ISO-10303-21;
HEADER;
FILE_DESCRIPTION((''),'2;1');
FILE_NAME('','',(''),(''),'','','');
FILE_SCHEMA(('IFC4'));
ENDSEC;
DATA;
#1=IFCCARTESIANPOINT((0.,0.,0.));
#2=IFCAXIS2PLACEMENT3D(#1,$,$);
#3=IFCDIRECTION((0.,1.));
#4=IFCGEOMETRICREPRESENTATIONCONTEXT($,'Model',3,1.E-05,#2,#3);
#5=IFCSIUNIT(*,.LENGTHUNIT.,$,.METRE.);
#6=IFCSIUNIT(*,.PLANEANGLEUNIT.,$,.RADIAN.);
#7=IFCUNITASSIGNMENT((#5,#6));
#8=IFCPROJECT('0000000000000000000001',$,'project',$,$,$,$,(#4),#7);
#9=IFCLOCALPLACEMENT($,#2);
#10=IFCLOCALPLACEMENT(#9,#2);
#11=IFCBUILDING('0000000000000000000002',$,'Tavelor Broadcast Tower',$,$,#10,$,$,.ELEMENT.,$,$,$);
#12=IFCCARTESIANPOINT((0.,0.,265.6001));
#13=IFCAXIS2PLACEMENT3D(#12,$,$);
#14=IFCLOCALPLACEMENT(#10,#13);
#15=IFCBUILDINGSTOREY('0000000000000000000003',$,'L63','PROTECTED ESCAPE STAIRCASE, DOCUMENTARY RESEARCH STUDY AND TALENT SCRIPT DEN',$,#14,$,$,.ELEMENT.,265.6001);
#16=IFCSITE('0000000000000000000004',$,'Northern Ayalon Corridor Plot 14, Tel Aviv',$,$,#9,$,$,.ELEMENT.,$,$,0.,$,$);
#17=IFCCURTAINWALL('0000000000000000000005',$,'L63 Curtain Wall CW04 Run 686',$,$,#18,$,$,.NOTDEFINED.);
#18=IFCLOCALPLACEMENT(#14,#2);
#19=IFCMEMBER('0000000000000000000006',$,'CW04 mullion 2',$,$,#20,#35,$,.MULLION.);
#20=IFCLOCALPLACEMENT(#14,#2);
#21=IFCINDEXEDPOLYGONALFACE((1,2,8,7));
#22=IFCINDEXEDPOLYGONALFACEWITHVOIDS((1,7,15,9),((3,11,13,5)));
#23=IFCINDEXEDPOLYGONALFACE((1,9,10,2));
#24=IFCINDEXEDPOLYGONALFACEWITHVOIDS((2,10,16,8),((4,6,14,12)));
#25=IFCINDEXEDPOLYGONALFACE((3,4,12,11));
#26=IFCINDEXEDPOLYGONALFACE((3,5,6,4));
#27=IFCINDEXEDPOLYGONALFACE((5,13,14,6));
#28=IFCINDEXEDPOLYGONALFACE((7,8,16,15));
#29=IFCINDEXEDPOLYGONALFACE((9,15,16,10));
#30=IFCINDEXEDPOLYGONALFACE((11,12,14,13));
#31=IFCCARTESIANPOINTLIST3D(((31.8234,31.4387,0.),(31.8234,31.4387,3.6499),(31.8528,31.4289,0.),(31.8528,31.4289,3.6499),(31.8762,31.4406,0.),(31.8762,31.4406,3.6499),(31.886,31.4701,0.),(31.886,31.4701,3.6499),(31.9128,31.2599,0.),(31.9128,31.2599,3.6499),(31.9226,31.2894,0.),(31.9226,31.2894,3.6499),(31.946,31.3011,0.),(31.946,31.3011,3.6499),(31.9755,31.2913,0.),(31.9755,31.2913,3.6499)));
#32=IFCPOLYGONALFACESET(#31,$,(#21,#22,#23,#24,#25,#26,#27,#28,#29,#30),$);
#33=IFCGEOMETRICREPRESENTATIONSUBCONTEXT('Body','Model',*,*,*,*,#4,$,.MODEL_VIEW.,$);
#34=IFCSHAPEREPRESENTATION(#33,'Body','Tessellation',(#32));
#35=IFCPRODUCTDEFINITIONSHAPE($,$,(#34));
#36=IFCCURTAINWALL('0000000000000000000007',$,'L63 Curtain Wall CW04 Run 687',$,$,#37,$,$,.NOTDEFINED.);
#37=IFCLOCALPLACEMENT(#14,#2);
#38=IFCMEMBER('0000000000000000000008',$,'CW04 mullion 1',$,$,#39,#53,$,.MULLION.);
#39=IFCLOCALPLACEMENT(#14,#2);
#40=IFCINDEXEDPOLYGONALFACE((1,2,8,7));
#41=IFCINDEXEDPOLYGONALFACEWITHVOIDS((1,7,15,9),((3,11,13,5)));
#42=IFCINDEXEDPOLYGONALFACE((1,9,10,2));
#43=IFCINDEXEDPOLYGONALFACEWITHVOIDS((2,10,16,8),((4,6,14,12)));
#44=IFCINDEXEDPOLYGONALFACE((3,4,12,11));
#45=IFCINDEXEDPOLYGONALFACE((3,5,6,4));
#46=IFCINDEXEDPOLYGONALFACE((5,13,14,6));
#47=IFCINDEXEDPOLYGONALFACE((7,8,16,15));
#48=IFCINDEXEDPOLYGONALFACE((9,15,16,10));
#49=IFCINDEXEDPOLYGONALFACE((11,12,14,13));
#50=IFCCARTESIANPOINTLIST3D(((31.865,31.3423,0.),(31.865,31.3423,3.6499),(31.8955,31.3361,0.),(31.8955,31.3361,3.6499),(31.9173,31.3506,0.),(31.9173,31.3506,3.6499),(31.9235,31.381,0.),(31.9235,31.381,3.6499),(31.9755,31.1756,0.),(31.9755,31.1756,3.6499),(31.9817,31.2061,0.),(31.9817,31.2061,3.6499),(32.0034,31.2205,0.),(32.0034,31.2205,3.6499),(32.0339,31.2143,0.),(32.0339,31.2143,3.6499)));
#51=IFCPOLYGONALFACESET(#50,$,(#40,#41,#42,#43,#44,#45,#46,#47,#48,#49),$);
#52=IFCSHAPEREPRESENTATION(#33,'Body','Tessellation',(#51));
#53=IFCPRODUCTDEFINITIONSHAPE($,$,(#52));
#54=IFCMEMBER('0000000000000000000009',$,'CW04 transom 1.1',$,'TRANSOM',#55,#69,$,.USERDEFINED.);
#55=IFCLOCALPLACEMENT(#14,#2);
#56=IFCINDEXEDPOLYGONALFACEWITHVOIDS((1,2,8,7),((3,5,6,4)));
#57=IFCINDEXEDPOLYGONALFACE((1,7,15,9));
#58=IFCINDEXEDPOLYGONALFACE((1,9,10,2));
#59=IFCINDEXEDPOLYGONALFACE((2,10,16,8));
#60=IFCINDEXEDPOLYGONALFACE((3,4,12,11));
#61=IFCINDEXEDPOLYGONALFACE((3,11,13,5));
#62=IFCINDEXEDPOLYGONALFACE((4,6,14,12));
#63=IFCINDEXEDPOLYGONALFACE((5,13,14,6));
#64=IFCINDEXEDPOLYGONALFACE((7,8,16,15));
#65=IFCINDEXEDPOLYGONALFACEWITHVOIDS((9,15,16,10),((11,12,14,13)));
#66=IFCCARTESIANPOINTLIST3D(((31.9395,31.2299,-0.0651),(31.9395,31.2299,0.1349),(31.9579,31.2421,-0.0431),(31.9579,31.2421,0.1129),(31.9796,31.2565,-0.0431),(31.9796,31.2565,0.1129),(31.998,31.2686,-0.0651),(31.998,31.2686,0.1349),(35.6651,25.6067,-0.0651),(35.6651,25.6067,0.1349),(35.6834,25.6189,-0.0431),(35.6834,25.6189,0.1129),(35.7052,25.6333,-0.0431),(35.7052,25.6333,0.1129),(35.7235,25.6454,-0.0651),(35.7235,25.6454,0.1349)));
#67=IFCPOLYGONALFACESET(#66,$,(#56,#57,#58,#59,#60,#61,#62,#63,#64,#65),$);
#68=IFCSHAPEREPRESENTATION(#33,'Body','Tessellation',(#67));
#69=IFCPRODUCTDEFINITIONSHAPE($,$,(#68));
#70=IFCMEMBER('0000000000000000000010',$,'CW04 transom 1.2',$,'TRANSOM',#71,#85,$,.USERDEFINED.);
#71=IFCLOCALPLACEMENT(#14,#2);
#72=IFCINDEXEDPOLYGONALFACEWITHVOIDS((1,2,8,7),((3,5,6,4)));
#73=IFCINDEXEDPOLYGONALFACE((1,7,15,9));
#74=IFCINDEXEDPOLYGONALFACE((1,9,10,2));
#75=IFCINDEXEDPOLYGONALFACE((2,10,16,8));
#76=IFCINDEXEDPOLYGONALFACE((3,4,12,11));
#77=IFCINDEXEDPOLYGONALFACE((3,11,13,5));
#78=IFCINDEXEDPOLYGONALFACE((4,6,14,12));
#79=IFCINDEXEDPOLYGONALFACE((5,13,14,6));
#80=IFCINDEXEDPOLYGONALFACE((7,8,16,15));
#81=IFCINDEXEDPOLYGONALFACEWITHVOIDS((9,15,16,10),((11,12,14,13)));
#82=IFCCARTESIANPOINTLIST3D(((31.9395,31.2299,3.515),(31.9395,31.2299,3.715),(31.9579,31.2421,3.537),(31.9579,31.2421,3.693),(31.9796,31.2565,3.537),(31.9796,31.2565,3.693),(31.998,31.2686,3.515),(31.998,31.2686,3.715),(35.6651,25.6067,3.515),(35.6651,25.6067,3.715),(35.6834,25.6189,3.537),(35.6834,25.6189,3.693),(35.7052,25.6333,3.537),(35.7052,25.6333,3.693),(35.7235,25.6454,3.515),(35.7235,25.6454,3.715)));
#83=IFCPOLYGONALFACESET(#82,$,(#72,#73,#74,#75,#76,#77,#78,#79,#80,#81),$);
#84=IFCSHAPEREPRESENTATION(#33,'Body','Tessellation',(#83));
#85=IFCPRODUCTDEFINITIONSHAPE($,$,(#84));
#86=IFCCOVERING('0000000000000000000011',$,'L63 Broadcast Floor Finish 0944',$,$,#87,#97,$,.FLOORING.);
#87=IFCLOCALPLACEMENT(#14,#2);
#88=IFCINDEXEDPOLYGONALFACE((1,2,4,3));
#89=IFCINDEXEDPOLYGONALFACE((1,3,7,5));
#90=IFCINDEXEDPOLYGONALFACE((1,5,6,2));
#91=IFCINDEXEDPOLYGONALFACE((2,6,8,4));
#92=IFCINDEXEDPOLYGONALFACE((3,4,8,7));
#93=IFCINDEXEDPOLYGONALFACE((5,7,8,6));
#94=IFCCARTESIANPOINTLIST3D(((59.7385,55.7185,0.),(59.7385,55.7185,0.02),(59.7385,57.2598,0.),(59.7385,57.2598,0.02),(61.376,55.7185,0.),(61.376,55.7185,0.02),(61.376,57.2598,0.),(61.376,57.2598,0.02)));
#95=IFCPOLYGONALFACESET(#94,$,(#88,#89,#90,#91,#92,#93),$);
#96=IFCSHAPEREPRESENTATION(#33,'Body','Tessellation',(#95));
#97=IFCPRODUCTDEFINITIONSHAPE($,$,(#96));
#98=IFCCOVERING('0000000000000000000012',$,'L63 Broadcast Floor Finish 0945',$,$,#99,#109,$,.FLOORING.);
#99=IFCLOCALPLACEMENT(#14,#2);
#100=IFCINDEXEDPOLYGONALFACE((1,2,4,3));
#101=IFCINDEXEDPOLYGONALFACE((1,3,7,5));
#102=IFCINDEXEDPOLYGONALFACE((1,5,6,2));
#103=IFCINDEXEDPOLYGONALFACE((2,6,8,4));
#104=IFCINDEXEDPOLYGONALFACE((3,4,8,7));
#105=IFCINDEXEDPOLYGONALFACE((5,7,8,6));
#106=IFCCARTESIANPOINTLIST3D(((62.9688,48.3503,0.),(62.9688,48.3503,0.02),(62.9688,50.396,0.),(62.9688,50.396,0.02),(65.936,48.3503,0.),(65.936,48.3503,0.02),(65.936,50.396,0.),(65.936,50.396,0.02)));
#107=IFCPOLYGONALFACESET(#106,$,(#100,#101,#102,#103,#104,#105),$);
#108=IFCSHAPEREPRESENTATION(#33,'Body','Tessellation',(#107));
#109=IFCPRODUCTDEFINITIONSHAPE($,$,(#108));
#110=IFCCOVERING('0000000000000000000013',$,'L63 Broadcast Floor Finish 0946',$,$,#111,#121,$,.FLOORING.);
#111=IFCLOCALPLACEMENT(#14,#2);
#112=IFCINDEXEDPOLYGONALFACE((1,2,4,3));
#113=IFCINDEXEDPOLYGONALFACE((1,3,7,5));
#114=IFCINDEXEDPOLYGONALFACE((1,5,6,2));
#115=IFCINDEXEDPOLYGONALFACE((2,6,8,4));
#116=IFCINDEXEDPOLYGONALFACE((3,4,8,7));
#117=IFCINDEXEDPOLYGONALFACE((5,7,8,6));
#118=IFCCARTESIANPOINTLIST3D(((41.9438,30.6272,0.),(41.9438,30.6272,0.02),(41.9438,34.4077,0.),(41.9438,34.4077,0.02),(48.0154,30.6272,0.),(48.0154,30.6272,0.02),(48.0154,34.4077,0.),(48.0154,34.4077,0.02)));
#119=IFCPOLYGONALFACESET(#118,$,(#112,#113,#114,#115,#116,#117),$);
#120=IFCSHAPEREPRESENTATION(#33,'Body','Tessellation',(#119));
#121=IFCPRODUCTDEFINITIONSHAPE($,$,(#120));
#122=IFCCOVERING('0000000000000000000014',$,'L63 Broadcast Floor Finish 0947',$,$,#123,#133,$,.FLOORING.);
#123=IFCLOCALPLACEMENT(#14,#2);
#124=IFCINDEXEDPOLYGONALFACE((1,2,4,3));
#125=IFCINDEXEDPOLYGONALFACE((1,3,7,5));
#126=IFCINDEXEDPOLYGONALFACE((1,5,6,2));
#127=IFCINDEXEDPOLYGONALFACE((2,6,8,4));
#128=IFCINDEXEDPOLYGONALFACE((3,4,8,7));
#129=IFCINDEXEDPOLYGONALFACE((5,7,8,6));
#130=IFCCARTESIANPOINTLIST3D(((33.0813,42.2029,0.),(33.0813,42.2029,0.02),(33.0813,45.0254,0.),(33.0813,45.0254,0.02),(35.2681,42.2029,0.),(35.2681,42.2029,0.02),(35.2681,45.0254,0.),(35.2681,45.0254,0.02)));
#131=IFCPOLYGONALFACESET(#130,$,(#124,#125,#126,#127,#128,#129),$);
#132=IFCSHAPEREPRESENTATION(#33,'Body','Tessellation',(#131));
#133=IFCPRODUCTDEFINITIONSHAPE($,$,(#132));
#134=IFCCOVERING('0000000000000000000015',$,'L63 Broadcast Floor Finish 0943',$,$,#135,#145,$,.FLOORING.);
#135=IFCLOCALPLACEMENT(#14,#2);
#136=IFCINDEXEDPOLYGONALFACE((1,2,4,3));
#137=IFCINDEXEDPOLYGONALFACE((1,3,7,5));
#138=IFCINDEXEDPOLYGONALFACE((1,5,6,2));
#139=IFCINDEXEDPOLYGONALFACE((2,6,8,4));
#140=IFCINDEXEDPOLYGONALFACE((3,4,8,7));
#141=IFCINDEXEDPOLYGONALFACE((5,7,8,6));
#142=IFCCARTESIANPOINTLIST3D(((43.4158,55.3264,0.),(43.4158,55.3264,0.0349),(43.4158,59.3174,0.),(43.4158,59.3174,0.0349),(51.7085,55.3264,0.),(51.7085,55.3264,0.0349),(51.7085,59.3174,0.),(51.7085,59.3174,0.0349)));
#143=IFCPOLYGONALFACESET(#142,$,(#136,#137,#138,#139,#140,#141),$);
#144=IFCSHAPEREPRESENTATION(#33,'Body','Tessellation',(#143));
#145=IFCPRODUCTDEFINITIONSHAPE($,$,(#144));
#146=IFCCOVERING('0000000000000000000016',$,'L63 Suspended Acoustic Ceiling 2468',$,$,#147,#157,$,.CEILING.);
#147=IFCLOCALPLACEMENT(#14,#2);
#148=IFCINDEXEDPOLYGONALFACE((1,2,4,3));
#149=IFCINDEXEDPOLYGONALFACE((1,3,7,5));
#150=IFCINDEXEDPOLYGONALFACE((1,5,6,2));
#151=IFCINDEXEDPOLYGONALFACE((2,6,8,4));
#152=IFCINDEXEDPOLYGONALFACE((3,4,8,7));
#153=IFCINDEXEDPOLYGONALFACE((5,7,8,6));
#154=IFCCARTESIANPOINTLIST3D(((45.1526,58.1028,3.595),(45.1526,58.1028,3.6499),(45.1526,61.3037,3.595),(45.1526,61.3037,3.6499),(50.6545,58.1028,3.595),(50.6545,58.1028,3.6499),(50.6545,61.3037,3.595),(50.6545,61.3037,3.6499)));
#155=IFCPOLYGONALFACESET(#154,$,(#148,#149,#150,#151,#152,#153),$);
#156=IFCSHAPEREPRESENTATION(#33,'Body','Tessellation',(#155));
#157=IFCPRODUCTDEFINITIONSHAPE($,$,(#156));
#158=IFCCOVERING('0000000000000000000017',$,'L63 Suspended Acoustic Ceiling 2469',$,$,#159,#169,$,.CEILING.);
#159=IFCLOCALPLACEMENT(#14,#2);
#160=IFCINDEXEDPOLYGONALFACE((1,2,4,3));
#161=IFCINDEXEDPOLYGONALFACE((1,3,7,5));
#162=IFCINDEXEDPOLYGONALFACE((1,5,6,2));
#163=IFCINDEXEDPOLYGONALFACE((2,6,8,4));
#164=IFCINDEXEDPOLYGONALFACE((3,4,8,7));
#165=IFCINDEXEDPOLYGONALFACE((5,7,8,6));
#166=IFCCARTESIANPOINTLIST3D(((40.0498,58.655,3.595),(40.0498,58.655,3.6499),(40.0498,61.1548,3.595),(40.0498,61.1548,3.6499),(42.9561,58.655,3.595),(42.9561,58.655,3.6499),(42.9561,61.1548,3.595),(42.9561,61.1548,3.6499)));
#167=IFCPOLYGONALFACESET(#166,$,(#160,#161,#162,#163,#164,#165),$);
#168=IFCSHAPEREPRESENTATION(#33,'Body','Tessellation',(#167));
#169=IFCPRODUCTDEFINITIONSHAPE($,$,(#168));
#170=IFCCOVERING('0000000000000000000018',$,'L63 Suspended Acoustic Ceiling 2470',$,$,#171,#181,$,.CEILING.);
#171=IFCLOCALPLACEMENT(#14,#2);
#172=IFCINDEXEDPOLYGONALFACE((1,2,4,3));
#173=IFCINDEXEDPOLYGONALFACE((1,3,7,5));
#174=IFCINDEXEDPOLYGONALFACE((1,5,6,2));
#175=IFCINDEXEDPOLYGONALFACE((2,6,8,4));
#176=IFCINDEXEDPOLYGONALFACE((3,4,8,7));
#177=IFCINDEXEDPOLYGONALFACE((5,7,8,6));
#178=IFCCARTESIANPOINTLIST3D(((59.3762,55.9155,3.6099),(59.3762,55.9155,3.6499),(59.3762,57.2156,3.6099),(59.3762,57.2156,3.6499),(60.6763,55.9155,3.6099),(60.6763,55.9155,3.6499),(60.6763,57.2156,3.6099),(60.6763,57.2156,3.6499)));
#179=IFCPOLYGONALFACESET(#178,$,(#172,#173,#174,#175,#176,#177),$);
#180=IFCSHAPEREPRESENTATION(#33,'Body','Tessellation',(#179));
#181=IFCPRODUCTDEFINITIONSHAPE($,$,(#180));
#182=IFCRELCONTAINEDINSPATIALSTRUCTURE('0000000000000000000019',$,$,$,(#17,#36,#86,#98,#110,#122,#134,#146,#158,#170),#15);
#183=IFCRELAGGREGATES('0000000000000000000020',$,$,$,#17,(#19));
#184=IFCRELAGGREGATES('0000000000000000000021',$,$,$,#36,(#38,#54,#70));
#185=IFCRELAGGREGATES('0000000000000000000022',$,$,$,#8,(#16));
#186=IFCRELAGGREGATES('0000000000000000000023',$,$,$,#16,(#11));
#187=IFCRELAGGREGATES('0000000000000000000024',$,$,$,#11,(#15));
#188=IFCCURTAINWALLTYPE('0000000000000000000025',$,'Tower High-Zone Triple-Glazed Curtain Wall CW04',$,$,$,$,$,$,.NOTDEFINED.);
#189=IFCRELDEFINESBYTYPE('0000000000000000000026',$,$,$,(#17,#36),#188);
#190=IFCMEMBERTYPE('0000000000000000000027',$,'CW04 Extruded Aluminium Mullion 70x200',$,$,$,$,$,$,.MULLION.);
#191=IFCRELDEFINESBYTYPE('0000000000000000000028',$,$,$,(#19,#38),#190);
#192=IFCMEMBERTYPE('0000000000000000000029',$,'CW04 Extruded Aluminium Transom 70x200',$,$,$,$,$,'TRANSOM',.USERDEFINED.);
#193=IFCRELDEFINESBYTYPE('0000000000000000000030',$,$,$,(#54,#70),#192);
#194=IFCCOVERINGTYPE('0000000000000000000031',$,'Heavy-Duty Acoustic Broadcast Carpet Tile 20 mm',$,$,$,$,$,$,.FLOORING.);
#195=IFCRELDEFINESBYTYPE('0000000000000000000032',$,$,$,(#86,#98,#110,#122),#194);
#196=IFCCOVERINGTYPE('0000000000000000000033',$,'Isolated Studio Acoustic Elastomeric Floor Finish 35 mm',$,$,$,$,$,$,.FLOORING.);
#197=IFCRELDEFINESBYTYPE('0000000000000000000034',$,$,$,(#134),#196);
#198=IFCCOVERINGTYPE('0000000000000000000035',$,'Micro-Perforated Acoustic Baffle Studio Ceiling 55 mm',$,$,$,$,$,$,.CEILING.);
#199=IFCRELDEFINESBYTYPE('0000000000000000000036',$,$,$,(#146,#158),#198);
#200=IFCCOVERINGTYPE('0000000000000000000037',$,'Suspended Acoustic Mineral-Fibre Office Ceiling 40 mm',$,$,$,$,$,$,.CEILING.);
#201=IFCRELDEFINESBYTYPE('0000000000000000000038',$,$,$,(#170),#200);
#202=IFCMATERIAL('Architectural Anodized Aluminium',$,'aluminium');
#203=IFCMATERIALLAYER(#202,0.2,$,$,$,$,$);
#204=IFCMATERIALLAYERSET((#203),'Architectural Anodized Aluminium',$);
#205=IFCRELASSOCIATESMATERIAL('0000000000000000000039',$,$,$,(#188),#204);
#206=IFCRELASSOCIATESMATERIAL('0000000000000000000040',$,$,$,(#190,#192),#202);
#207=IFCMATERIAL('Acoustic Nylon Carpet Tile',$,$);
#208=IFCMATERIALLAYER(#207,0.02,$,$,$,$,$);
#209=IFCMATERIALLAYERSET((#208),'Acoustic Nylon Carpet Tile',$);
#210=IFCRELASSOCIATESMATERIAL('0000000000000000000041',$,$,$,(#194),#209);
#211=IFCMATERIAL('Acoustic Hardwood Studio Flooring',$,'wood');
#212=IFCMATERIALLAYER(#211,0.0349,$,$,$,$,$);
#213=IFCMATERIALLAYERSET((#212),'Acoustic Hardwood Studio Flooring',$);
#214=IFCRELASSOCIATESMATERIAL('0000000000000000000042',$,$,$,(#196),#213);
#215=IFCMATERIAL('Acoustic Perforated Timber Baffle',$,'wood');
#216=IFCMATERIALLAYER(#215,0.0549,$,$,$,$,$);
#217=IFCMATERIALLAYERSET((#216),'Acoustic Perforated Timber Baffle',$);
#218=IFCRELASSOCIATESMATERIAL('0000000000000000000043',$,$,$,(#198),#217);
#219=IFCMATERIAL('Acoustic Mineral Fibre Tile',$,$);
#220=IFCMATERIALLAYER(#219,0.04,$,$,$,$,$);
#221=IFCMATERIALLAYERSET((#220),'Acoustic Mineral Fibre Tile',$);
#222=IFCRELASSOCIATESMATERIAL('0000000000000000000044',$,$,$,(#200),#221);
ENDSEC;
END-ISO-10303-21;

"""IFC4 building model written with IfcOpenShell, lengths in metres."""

from ifc_helpers import new_model, si_unit, direction, frame, origin, origin_2d, place, context, subcontext, project, spatial, polyline, hollow_rectangle, outline, extrude, source, transform, mapped, material, layer, layer_set, material_profile, profile_set, type_object, type_shapes, element, aggregate, save


model = new_model("IFC4")

# Units and contexts
model_context = context("Model", 3, precision=1e-05, world=origin(), true_north=direction((0.0, 1.0)))
body_context = subcontext(model_context, "Body", "Model", "MODEL_VIEW")
ifc_project = project(units=[si_unit("LENGTHUNIT", "METRE"), si_unit("PLANEANGLEUNIT", "RADIAN")], contexts=[model_context])

# Site, building, storey
site_placement = place(None, origin())
site = spatial("IfcSite", under=ifc_project, at=site_placement, Name="Northern Ayalon Corridor Plot 14, Tel Aviv", CompositionType="ELEMENT", RefElevation=0.0)
building_placement = place(site_placement, origin())
building = spatial("IfcBuilding", under=site, at=building_placement, Name="Tavelor Broadcast Tower", CompositionType="ELEMENT")
storey_placement = place(building_placement, frame((0.0, 0.0, 265.6001)))
storey = spatial("IfcBuildingStorey", under=building, at=storey_placement, Name="L63", Description="PROTECTED ESCAPE STAIRCASE, DOCUMENTARY RESEARCH STUDY AND TALENT SCRIPT DEN", CompositionType="ELEMENT", Elevation=265.6001)

# Curtain wall, member
ifc_material_1 = material(Name="Architectural Anodized Aluminium", Category="aluminium")
ifc_layer_1 = layer(ifc_material_1, 0.2)
ifc_layer_set_1 = layer_set([ifc_layer_1], Name="Architectural Anodized Aluminium")
curtain_wall_type = type_object("IfcCurtainWallType", Name="Tower High-Zone Triple-Glazed Curtain Wall CW04", PredefinedType="NOTDEFINED", material=ifc_layer_set_1)
curtain_wall_1_placement = place(storey_placement, origin())
curtain_wall_1 = element("IfcCurtainWall", 1, at=curtain_wall_1_placement, inside=storey, type_object=curtain_wall_type, Name="L63 Curtain Wall CW04 Run 686", PredefinedType="NOTDEFINED")
ifc_material_profile_1 = material_profile(ifc_material_1, hollow_rectangle(XDim=0.0701, YDim=0.2, WallThickness=0.022, at=origin_2d()), Name="RHS 70x200x22")
ifc_profile_set_1 = profile_set([ifc_material_profile_1], Name="Architectural Anodized Aluminium")
member_type_1 = type_object("IfcMemberType", Name="CW04 Extruded Aluminium Mullion 70x200", PredefinedType="MULLION", material=ifc_profile_set_1)
shared_shape_1 = source(origin(), body_context, "Body", "SweptSolid", [
    extrude(hollow_rectangle(XDim=0.0701, YDim=0.2, WallThickness=0.022, at=origin_2d()), origin(), (0.0, 0.0, 1.0), 3.6499),
])
type_shapes(member_type_1, [shared_shape_1])
member_1_placement = place(storey_placement, frame((31.8994, 31.365, 0.0), z_axis=(0.0, 0.0, 1.0), x_axis=(0.894343, 0.447382, 0.0)))
member_1 = element("IfcMember", 2, at=member_1_placement, type_object=member_type_1, Name="CW04 mullion 2", PredefinedType="MULLION", context=body_context, shape_type="MappedRepresentation", body=[
    mapped(shared_shape_1, transform((0.0, 0.0, 0.0), scale=1.0)),
])
aggregate(curtain_wall_1, [member_1])

# Curtain wall, members
curtain_wall_2_placement = place(storey_placement, origin())
curtain_wall_2 = element("IfcCurtainWall", 3, at=curtain_wall_2_placement, inside=storey, type_object=curtain_wall_type, Name="L63 Curtain Wall CW04 Run 687", PredefinedType="NOTDEFINED")
member_2_placement = place(storey_placement, frame((31.9495, 31.2783, 0.0), z_axis=(0.0, 0.0, 1.0), x_axis=(0.83364, 0.552308, 0.0)))
member_2 = element("IfcMember", 4, at=member_2_placement, type_object=member_type_1, Name="CW04 mullion 1", PredefinedType="MULLION", context=body_context, shape_type="MappedRepresentation", body=[
    mapped(shared_shape_1, transform((0.0, 0.0, 0.0), scale=1.0)),
])
ifc_material_profile_2 = material_profile(ifc_material_1, hollow_rectangle(XDim=0.0701, YDim=0.2, WallThickness=0.022, at=origin_2d()), Name="RHS 70x200x22")
ifc_profile_set_2 = profile_set([ifc_material_profile_2], Name="Architectural Anodized Aluminium")
member_type_2 = type_object("IfcMemberType", Name="CW04 Extruded Aluminium Transom 70x200", ElementType="TRANSOM", PredefinedType="USERDEFINED", material=ifc_profile_set_2)
shared_shape_2 = source(origin(), body_context, "Body", "SweptSolid", [
    extrude(hollow_rectangle(XDim=0.0701, YDim=0.2, WallThickness=0.022, at=origin_2d()), origin(), (0.0, 0.0, 1.0), 6.7454),
])
type_shapes(member_type_2, [shared_shape_2])
member_3_placement = place(storey_placement, frame((31.9688, 31.2493, 0.0349), z_axis=(0.552309, -0.833639, 0.0), x_axis=(0.833639, 0.552309, 0.0)))
member_3 = element("IfcMember", 5, at=member_3_placement, type_object=member_type_2, Name="CW04 transom 1.1", ObjectType="TRANSOM", PredefinedType="USERDEFINED", context=body_context, shape_type="MappedRepresentation", body=[
    mapped(shared_shape_2, transform((0.0, 0.0, 0.0), scale=1.0)),
])
member_4_placement = place(storey_placement, frame((31.9688, 31.2493, 3.615), z_axis=(0.552309, -0.833639, 0.0), x_axis=(0.833639, 0.552309, 0.0)))
member_4 = element("IfcMember", 6, at=member_4_placement, type_object=member_type_2, Name="CW04 transom 1.2", ObjectType="TRANSOM", PredefinedType="USERDEFINED", context=body_context, shape_type="MappedRepresentation", body=[
    mapped(shared_shape_2, transform((0.0, 0.0, 0.0), scale=1.0)),
])
aggregate(curtain_wall_2, [member_2, member_3, member_4])

# Coverings
ifc_material_2 = material(Name="Acoustic Nylon Carpet Tile")
ifc_layer_2 = layer(ifc_material_2, 0.02)
ifc_layer_set_2 = layer_set([ifc_layer_2], Name="Acoustic Nylon Carpet Tile")
covering_type_1 = type_object("IfcCoveringType", Name="Heavy-Duty Acoustic Broadcast Carpet Tile 20 mm", PredefinedType="FLOORING", material=ifc_layer_set_2)
covering_1_placement = place(storey_placement, origin())
element("IfcCovering", 7, at=covering_1_placement, inside=storey, type_object=covering_type_1, Name="L63 Broadcast Floor Finish 0944", PredefinedType="FLOORING", context=body_context, shape_type="SweptSolid", body=[
    extrude(outline(polyline([(59.7385, 55.7185), (61.376, 55.7185), (61.376, 57.2598), (59.7385, 57.2598), (59.7385, 55.7185)])), origin(), (0.0, 0.0, 1.0), 0.02),
])
covering_2_placement = place(storey_placement, origin())
element("IfcCovering", 8, at=covering_2_placement, inside=storey, type_object=covering_type_1, Name="L63 Broadcast Floor Finish 0945", PredefinedType="FLOORING", context=body_context, shape_type="SweptSolid", body=[
    extrude(outline(polyline([(62.9688, 48.3503), (65.936, 48.3503), (65.936, 50.396), (62.9688, 50.396), (62.9688, 48.3503)])), origin(), (0.0, 0.0, 1.0), 0.02),
])
covering_3_placement = place(storey_placement, origin())
element("IfcCovering", 9, at=covering_3_placement, inside=storey, type_object=covering_type_1, Name="L63 Broadcast Floor Finish 0946", PredefinedType="FLOORING", context=body_context, shape_type="SweptSolid", body=[
    extrude(outline(polyline([(41.9438, 30.6272), (48.0154, 30.6272), (48.0154, 34.4077), (41.9438, 34.4077), (41.9438, 30.6272)])), origin(), (0.0, 0.0, 1.0), 0.02),
])
covering_4_placement = place(storey_placement, origin())
element("IfcCovering", 10, at=covering_4_placement, inside=storey, type_object=covering_type_1, Name="L63 Broadcast Floor Finish 0947", PredefinedType="FLOORING", context=body_context, shape_type="SweptSolid", body=[
    extrude(outline(polyline([(33.0813, 42.2029), (35.2681, 42.2029), (35.2681, 45.0254), (33.0813, 45.0254), (33.0813, 42.2029)])), origin(), (0.0, 0.0, 1.0), 0.02),
])
ifc_material_3 = material(Name="Acoustic Hardwood Studio Flooring", Category="wood")
ifc_layer_3 = layer(ifc_material_3, 0.0349)
ifc_layer_set_3 = layer_set([ifc_layer_3], Name="Acoustic Hardwood Studio Flooring")
covering_type_2 = type_object("IfcCoveringType", Name="Isolated Studio Acoustic Elastomeric Floor Finish 35 mm", PredefinedType="FLOORING", material=ifc_layer_set_3)
covering_5_placement = place(storey_placement, origin())
element("IfcCovering", 11, at=covering_5_placement, inside=storey, type_object=covering_type_2, Name="L63 Broadcast Floor Finish 0943", PredefinedType="FLOORING", context=body_context, shape_type="SweptSolid", body=[
    extrude(outline(polyline([(43.4158, 55.3264), (51.7085, 55.3264), (51.7085, 59.3174), (43.4158, 59.3174), (43.4158, 55.3264)])), origin(), (0.0, 0.0, 1.0), 0.0349),
])
ifc_material_4 = material(Name="Acoustic Perforated Timber Baffle", Category="wood")
ifc_layer_4 = layer(ifc_material_4, 0.0549)
ifc_layer_set_4 = layer_set([ifc_layer_4], Name="Acoustic Perforated Timber Baffle")
covering_type_3 = type_object("IfcCoveringType", Name="Micro-Perforated Acoustic Baffle Studio Ceiling 55 mm", PredefinedType="CEILING", material=ifc_layer_set_4)
covering_6_placement = place(storey_placement, frame((0.0, 0.0, 3.595)))
element("IfcCovering", 12, at=covering_6_placement, inside=storey, type_object=covering_type_3, Name="L63 Suspended Acoustic Ceiling 2468", PredefinedType="CEILING", context=body_context, shape_type="SweptSolid", body=[
    extrude(outline(polyline([(45.1526, 58.1028), (50.6545, 58.1028), (50.6545, 61.3037), (45.1526, 61.3037), (45.1526, 58.1028)])), origin(), (0.0, 0.0, 1.0), 0.0549),
])
covering_7_placement = place(storey_placement, frame((0.0, 0.0, 3.595)))
element("IfcCovering", 13, at=covering_7_placement, inside=storey, type_object=covering_type_3, Name="L63 Suspended Acoustic Ceiling 2469", PredefinedType="CEILING", context=body_context, shape_type="SweptSolid", body=[
    extrude(outline(polyline([(40.0498, 58.655), (42.9561, 58.655), (42.9561, 61.1548), (40.0498, 61.1548), (40.0498, 58.655)])), origin(), (0.0, 0.0, 1.0), 0.0549),
])
ifc_material_5 = material(Name="Acoustic Mineral Fibre Tile")
ifc_layer_5 = layer(ifc_material_5, 0.04)
ifc_layer_set_5 = layer_set([ifc_layer_5], Name="Acoustic Mineral Fibre Tile")
covering_type_4 = type_object("IfcCoveringType", Name="Suspended Acoustic Mineral-Fibre Office Ceiling 40 mm", PredefinedType="CEILING", material=ifc_layer_set_5)
covering_8_placement = place(storey_placement, frame((0.0, 0.0, 3.6099)))
element("IfcCovering", 14, at=covering_8_placement, inside=storey, type_object=covering_type_4, Name="L63 Suspended Acoustic Ceiling 2470", PredefinedType="CEILING", context=body_context, shape_type="SweptSolid", body=[
    extrude(outline(polyline([(59.3762, 55.9155), (60.6763, 55.9155), (60.6763, 57.2156), (59.3762, 57.2156), (59.3762, 55.9155)])), origin(), (0.0, 0.0, 1.0), 0.04),
])

save(model, "model.ifc")
